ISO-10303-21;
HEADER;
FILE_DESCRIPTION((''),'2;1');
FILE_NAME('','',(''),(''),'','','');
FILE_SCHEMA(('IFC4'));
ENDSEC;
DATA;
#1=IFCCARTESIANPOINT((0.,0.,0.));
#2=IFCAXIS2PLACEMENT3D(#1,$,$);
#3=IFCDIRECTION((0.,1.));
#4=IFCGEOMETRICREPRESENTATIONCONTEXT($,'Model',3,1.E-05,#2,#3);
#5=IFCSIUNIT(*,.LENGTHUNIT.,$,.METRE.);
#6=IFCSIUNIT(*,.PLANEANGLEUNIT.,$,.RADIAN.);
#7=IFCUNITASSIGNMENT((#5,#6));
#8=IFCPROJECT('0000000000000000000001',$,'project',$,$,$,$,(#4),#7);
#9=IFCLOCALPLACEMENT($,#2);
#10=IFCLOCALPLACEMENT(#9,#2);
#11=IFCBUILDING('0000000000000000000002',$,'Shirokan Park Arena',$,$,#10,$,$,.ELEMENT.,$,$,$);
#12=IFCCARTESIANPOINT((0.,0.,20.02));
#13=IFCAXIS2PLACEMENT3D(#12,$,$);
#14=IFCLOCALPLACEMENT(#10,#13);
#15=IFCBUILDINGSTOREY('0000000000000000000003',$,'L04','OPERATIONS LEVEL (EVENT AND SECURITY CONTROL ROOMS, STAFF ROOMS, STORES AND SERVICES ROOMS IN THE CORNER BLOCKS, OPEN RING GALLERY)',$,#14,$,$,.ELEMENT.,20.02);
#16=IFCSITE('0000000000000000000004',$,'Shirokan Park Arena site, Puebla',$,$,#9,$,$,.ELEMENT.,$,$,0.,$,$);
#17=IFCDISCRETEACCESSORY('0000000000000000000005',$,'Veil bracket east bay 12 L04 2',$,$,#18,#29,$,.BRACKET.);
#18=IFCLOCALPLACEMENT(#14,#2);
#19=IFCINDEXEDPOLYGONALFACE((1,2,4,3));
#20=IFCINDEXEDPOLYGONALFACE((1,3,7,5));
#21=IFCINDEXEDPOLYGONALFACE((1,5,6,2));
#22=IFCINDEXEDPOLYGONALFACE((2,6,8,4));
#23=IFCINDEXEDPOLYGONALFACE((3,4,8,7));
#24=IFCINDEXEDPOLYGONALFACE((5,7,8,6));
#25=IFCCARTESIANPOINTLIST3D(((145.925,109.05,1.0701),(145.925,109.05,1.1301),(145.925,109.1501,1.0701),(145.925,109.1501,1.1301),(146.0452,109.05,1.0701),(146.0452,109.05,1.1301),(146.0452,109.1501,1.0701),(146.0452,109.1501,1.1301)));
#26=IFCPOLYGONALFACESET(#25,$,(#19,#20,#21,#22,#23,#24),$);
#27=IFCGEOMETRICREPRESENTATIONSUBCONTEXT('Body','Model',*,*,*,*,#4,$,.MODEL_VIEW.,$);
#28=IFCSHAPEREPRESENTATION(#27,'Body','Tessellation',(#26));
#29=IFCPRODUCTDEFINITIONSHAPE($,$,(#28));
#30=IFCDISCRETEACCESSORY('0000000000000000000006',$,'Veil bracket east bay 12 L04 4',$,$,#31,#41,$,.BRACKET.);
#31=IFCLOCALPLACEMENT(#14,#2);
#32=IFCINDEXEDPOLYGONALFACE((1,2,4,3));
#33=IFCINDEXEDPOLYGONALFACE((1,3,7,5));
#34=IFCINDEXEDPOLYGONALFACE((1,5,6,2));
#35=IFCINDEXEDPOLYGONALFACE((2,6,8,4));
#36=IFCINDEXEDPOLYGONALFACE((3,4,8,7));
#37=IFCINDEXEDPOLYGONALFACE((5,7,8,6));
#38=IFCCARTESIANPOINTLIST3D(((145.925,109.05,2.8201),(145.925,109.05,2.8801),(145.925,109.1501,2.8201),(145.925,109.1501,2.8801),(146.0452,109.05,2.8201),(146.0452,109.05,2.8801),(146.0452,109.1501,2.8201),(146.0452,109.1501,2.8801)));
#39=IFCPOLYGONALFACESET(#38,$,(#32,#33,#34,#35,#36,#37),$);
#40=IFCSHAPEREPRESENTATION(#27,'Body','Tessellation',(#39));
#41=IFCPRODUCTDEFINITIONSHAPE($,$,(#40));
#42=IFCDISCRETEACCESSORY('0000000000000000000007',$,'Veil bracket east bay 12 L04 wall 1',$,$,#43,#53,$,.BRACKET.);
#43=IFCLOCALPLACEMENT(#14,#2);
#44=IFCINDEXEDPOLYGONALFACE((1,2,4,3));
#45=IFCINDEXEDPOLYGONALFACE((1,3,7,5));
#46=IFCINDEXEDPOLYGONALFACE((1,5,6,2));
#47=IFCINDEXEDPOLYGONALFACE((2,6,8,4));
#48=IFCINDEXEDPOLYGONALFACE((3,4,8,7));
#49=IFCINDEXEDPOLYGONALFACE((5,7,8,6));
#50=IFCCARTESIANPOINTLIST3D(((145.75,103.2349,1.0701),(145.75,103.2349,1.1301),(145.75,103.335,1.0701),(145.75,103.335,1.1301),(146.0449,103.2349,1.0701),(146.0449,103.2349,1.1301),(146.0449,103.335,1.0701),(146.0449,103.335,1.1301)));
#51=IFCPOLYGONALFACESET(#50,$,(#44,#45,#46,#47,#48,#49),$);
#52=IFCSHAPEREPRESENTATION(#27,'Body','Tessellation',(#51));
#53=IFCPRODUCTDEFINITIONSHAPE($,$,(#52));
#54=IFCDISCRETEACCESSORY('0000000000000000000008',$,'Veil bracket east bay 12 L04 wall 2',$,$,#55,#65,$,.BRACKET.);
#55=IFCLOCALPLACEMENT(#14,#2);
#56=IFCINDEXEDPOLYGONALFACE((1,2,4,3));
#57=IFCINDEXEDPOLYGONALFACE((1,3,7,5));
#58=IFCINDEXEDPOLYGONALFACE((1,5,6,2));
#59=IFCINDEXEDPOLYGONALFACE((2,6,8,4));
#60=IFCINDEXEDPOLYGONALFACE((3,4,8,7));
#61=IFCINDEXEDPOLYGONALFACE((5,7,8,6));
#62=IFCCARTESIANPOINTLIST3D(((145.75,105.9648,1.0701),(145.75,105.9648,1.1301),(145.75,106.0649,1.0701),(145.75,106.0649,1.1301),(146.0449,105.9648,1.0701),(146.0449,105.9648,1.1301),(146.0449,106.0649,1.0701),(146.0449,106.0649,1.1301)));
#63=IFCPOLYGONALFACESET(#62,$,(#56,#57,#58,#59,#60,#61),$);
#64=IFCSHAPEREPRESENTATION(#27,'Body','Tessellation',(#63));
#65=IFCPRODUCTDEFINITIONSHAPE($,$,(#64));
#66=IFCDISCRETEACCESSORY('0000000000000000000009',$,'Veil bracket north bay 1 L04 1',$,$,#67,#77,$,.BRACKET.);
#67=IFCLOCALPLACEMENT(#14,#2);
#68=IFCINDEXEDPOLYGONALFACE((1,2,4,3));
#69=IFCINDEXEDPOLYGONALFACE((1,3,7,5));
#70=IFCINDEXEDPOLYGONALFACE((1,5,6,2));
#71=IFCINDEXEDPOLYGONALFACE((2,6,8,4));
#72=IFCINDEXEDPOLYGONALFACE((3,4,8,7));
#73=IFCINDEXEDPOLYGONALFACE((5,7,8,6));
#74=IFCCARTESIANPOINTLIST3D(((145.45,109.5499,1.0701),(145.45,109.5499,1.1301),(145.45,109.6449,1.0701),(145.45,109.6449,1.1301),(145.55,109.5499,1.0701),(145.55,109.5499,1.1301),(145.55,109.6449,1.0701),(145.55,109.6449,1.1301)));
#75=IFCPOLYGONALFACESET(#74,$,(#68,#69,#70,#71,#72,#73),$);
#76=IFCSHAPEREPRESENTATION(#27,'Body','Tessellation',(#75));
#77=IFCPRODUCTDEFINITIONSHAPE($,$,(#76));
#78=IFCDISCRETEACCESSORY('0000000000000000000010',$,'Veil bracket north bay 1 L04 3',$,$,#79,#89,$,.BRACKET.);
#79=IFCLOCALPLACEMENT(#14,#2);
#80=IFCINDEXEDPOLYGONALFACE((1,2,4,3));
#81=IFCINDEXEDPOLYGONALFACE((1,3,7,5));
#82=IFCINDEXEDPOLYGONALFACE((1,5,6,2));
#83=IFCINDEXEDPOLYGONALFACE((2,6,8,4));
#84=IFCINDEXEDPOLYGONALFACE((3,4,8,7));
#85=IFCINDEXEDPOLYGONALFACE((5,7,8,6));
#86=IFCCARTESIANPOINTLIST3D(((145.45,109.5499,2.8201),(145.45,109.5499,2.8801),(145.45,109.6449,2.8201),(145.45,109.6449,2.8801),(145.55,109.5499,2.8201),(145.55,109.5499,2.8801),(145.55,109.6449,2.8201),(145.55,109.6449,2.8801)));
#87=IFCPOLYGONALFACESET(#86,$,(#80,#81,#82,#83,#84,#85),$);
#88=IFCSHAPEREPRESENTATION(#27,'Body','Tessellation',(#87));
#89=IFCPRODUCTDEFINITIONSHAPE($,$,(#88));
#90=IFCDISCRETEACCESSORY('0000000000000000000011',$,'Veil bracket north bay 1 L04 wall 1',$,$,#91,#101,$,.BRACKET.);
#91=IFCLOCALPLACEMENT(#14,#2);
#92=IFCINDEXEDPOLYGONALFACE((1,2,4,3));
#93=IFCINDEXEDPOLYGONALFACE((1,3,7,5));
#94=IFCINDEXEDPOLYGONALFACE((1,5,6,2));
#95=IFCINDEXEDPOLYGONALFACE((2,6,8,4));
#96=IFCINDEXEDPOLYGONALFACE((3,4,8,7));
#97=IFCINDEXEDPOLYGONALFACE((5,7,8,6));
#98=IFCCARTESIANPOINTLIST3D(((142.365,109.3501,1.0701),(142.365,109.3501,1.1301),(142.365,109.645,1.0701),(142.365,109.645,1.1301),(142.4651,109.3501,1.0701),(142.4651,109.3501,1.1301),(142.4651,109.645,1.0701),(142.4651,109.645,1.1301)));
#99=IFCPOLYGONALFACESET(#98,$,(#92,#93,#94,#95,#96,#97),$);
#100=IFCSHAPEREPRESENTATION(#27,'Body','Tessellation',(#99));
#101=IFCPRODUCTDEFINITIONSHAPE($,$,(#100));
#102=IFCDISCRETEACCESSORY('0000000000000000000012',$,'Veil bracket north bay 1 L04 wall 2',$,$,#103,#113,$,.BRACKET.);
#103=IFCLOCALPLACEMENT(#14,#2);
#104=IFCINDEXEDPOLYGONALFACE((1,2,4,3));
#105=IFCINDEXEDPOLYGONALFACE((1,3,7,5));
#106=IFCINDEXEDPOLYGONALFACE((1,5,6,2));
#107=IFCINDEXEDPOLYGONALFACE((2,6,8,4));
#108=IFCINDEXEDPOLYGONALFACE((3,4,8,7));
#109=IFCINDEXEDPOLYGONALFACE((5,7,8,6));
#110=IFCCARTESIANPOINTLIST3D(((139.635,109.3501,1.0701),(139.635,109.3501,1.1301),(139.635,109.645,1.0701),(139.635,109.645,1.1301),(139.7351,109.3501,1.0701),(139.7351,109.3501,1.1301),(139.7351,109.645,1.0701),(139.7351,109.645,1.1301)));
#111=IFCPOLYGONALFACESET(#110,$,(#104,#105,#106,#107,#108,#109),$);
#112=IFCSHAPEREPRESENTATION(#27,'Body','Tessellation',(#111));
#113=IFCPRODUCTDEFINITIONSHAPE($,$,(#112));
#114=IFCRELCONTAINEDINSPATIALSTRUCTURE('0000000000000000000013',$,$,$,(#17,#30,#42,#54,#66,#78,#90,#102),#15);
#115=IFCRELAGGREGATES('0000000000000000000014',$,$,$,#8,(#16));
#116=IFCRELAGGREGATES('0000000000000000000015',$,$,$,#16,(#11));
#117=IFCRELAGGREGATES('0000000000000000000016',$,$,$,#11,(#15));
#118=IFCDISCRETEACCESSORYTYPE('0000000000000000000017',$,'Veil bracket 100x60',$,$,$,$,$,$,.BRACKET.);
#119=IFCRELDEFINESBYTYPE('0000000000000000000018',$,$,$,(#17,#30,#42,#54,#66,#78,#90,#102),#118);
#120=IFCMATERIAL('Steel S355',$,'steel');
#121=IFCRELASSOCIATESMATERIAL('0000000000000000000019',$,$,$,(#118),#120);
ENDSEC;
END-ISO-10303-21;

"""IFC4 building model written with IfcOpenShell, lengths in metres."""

from ifc_helpers import new_model, si_unit, direction, frame, origin, origin_2d, place, context, subcontext, project, spatial, rectangle, extrude, material, type_object, element, save


model = new_model("IFC4")

# Units and contexts
model_context = context("Model", 3, precision=1e-05, world=origin(), true_north=direction((0.0, 1.0)))
body_context = subcontext(model_context, "Body", "Model", "MODEL_VIEW")
ifc_project = project(units=[si_unit("LENGTHUNIT", "METRE"), si_unit("PLANEANGLEUNIT", "RADIAN")], contexts=[model_context])

# Site, building, storey
site_placement = place(None, origin())
site = spatial("IfcSite", under=ifc_project, at=site_placement, Name="Shirokan Park Arena site, Puebla", CompositionType="ELEMENT", RefElevation=0.0)
building_placement = place(site_placement, origin())
building = spatial("IfcBuilding", under=site, at=building_placement, Name="Shirokan Park Arena", CompositionType="ELEMENT")
storey_placement = place(building_placement, frame((0.0, 0.0, 20.02)))
storey = spatial("IfcBuildingStorey", under=building, at=storey_placement, Name="L04", Description="OPERATIONS LEVEL (EVENT AND SECURITY CONTROL ROOMS, STAFF ROOMS, STORES AND SERVICES ROOMS IN THE CORNER BLOCKS, OPEN RING GALLERY)", CompositionType="ELEMENT", Elevation=20.02)

# Discrete accessories
ifc_material_1 = material(Name="Steel S355", Category="steel")
discrete_accessory_type = type_object("IfcDiscreteAccessoryType", Name="Veil bracket 100x60", PredefinedType="BRACKET", material=ifc_material_1)
for number, where, z_axis, x_axis, name in (
    (1, (145.9851, 109.1001, 1.0701), (0.0, 0.0, 1.0), (0.0, 1.0, 0.0), "Veil bracket east bay 12 L04 2"),
    (2, (145.9851, 109.1001, 2.8201), (0.0, 0.0, 1.0), (0.0, 1.0, 0.0), "Veil bracket east bay 12 L04 4"),
):
    element("IfcDiscreteAccessory", number, at=place(storey_placement, frame(where, z_axis=z_axis, x_axis=x_axis)), inside=storey, type_object=discrete_accessory_type, Name=name, PredefinedType="BRACKET", context=body_context, shape_type="SweptSolid", body=[
        extrude(rectangle(XDim=0.1001, YDim=0.1201, at=origin_2d()), origin(), (0.0, 0.0, 1.0), 0.0601),
    ])
for number, where, z_axis, x_axis, name in (
    (3, (145.8975, 103.2849, 1.0701), (0.0, 0.0, 1.0), (0.0, 1.0, 0.0), "Veil bracket east bay 12 L04 wall 1"),
    (4, (145.8975, 106.0149, 1.0701), (0.0, 0.0, 1.0), (0.0, 1.0, 0.0), "Veil bracket east bay 12 L04 wall 2"),
):
    element("IfcDiscreteAccessory", number, at=place(storey_placement, frame(where, z_axis=z_axis, x_axis=x_axis)), inside=storey, type_object=discrete_accessory_type, Name=name, PredefinedType="BRACKET", context=body_context, shape_type="SweptSolid", body=[
        extrude(rectangle(XDim=0.1001, YDim=0.2949, at=origin_2d()), origin(), (0.0, 0.0, 1.0), 0.0601),
    ])
for number, where, z_axis, x_axis, name in (
    (5, (145.5, 109.5974, 1.0701), (0.0, 0.0, 1.0), (-1.0, 0.0, 0.0), "Veil bracket north bay 1 L04 1"),
    (6, (145.5, 109.5974, 2.8201), (0.0, 0.0, 1.0), (-1.0, 0.0, 0.0), "Veil bracket north bay 1 L04 3"),
):
    element("IfcDiscreteAccessory", number, at=place(storey_placement, frame(where, z_axis=z_axis, x_axis=x_axis)), inside=storey, type_object=discrete_accessory_type, Name=name, PredefinedType="BRACKET", context=body_context, shape_type="SweptSolid", body=[
        extrude(rectangle(XDim=0.1001, YDim=0.095, at=origin_2d()), origin(), (0.0, 0.0, 1.0), 0.0601),
    ])
for number, where, z_axis, x_axis, name in (
    (7, (142.415, 109.4976, 1.0701), (0.0, 0.0, 1.0), (-1.0, 0.0, 0.0), "Veil bracket north bay 1 L04 wall 1"),
    (8, (139.6851, 109.4976, 1.0701), (0.0, 0.0, 1.0), (-1.0, 0.0, 0.0), "Veil bracket north bay 1 L04 wall 2"),
):
    element("IfcDiscreteAccessory", number, at=place(storey_placement, frame(where, z_axis=z_axis, x_axis=x_axis)), inside=storey, type_object=discrete_accessory_type, Name=name, PredefinedType="BRACKET", context=body_context, shape_type="SweptSolid", body=[
        extrude(rectangle(XDim=0.1001, YDim=0.2949, at=origin_2d()), origin(), (0.0, 0.0, 1.0), 0.0601),
    ])

save(model, "model.ifc")
